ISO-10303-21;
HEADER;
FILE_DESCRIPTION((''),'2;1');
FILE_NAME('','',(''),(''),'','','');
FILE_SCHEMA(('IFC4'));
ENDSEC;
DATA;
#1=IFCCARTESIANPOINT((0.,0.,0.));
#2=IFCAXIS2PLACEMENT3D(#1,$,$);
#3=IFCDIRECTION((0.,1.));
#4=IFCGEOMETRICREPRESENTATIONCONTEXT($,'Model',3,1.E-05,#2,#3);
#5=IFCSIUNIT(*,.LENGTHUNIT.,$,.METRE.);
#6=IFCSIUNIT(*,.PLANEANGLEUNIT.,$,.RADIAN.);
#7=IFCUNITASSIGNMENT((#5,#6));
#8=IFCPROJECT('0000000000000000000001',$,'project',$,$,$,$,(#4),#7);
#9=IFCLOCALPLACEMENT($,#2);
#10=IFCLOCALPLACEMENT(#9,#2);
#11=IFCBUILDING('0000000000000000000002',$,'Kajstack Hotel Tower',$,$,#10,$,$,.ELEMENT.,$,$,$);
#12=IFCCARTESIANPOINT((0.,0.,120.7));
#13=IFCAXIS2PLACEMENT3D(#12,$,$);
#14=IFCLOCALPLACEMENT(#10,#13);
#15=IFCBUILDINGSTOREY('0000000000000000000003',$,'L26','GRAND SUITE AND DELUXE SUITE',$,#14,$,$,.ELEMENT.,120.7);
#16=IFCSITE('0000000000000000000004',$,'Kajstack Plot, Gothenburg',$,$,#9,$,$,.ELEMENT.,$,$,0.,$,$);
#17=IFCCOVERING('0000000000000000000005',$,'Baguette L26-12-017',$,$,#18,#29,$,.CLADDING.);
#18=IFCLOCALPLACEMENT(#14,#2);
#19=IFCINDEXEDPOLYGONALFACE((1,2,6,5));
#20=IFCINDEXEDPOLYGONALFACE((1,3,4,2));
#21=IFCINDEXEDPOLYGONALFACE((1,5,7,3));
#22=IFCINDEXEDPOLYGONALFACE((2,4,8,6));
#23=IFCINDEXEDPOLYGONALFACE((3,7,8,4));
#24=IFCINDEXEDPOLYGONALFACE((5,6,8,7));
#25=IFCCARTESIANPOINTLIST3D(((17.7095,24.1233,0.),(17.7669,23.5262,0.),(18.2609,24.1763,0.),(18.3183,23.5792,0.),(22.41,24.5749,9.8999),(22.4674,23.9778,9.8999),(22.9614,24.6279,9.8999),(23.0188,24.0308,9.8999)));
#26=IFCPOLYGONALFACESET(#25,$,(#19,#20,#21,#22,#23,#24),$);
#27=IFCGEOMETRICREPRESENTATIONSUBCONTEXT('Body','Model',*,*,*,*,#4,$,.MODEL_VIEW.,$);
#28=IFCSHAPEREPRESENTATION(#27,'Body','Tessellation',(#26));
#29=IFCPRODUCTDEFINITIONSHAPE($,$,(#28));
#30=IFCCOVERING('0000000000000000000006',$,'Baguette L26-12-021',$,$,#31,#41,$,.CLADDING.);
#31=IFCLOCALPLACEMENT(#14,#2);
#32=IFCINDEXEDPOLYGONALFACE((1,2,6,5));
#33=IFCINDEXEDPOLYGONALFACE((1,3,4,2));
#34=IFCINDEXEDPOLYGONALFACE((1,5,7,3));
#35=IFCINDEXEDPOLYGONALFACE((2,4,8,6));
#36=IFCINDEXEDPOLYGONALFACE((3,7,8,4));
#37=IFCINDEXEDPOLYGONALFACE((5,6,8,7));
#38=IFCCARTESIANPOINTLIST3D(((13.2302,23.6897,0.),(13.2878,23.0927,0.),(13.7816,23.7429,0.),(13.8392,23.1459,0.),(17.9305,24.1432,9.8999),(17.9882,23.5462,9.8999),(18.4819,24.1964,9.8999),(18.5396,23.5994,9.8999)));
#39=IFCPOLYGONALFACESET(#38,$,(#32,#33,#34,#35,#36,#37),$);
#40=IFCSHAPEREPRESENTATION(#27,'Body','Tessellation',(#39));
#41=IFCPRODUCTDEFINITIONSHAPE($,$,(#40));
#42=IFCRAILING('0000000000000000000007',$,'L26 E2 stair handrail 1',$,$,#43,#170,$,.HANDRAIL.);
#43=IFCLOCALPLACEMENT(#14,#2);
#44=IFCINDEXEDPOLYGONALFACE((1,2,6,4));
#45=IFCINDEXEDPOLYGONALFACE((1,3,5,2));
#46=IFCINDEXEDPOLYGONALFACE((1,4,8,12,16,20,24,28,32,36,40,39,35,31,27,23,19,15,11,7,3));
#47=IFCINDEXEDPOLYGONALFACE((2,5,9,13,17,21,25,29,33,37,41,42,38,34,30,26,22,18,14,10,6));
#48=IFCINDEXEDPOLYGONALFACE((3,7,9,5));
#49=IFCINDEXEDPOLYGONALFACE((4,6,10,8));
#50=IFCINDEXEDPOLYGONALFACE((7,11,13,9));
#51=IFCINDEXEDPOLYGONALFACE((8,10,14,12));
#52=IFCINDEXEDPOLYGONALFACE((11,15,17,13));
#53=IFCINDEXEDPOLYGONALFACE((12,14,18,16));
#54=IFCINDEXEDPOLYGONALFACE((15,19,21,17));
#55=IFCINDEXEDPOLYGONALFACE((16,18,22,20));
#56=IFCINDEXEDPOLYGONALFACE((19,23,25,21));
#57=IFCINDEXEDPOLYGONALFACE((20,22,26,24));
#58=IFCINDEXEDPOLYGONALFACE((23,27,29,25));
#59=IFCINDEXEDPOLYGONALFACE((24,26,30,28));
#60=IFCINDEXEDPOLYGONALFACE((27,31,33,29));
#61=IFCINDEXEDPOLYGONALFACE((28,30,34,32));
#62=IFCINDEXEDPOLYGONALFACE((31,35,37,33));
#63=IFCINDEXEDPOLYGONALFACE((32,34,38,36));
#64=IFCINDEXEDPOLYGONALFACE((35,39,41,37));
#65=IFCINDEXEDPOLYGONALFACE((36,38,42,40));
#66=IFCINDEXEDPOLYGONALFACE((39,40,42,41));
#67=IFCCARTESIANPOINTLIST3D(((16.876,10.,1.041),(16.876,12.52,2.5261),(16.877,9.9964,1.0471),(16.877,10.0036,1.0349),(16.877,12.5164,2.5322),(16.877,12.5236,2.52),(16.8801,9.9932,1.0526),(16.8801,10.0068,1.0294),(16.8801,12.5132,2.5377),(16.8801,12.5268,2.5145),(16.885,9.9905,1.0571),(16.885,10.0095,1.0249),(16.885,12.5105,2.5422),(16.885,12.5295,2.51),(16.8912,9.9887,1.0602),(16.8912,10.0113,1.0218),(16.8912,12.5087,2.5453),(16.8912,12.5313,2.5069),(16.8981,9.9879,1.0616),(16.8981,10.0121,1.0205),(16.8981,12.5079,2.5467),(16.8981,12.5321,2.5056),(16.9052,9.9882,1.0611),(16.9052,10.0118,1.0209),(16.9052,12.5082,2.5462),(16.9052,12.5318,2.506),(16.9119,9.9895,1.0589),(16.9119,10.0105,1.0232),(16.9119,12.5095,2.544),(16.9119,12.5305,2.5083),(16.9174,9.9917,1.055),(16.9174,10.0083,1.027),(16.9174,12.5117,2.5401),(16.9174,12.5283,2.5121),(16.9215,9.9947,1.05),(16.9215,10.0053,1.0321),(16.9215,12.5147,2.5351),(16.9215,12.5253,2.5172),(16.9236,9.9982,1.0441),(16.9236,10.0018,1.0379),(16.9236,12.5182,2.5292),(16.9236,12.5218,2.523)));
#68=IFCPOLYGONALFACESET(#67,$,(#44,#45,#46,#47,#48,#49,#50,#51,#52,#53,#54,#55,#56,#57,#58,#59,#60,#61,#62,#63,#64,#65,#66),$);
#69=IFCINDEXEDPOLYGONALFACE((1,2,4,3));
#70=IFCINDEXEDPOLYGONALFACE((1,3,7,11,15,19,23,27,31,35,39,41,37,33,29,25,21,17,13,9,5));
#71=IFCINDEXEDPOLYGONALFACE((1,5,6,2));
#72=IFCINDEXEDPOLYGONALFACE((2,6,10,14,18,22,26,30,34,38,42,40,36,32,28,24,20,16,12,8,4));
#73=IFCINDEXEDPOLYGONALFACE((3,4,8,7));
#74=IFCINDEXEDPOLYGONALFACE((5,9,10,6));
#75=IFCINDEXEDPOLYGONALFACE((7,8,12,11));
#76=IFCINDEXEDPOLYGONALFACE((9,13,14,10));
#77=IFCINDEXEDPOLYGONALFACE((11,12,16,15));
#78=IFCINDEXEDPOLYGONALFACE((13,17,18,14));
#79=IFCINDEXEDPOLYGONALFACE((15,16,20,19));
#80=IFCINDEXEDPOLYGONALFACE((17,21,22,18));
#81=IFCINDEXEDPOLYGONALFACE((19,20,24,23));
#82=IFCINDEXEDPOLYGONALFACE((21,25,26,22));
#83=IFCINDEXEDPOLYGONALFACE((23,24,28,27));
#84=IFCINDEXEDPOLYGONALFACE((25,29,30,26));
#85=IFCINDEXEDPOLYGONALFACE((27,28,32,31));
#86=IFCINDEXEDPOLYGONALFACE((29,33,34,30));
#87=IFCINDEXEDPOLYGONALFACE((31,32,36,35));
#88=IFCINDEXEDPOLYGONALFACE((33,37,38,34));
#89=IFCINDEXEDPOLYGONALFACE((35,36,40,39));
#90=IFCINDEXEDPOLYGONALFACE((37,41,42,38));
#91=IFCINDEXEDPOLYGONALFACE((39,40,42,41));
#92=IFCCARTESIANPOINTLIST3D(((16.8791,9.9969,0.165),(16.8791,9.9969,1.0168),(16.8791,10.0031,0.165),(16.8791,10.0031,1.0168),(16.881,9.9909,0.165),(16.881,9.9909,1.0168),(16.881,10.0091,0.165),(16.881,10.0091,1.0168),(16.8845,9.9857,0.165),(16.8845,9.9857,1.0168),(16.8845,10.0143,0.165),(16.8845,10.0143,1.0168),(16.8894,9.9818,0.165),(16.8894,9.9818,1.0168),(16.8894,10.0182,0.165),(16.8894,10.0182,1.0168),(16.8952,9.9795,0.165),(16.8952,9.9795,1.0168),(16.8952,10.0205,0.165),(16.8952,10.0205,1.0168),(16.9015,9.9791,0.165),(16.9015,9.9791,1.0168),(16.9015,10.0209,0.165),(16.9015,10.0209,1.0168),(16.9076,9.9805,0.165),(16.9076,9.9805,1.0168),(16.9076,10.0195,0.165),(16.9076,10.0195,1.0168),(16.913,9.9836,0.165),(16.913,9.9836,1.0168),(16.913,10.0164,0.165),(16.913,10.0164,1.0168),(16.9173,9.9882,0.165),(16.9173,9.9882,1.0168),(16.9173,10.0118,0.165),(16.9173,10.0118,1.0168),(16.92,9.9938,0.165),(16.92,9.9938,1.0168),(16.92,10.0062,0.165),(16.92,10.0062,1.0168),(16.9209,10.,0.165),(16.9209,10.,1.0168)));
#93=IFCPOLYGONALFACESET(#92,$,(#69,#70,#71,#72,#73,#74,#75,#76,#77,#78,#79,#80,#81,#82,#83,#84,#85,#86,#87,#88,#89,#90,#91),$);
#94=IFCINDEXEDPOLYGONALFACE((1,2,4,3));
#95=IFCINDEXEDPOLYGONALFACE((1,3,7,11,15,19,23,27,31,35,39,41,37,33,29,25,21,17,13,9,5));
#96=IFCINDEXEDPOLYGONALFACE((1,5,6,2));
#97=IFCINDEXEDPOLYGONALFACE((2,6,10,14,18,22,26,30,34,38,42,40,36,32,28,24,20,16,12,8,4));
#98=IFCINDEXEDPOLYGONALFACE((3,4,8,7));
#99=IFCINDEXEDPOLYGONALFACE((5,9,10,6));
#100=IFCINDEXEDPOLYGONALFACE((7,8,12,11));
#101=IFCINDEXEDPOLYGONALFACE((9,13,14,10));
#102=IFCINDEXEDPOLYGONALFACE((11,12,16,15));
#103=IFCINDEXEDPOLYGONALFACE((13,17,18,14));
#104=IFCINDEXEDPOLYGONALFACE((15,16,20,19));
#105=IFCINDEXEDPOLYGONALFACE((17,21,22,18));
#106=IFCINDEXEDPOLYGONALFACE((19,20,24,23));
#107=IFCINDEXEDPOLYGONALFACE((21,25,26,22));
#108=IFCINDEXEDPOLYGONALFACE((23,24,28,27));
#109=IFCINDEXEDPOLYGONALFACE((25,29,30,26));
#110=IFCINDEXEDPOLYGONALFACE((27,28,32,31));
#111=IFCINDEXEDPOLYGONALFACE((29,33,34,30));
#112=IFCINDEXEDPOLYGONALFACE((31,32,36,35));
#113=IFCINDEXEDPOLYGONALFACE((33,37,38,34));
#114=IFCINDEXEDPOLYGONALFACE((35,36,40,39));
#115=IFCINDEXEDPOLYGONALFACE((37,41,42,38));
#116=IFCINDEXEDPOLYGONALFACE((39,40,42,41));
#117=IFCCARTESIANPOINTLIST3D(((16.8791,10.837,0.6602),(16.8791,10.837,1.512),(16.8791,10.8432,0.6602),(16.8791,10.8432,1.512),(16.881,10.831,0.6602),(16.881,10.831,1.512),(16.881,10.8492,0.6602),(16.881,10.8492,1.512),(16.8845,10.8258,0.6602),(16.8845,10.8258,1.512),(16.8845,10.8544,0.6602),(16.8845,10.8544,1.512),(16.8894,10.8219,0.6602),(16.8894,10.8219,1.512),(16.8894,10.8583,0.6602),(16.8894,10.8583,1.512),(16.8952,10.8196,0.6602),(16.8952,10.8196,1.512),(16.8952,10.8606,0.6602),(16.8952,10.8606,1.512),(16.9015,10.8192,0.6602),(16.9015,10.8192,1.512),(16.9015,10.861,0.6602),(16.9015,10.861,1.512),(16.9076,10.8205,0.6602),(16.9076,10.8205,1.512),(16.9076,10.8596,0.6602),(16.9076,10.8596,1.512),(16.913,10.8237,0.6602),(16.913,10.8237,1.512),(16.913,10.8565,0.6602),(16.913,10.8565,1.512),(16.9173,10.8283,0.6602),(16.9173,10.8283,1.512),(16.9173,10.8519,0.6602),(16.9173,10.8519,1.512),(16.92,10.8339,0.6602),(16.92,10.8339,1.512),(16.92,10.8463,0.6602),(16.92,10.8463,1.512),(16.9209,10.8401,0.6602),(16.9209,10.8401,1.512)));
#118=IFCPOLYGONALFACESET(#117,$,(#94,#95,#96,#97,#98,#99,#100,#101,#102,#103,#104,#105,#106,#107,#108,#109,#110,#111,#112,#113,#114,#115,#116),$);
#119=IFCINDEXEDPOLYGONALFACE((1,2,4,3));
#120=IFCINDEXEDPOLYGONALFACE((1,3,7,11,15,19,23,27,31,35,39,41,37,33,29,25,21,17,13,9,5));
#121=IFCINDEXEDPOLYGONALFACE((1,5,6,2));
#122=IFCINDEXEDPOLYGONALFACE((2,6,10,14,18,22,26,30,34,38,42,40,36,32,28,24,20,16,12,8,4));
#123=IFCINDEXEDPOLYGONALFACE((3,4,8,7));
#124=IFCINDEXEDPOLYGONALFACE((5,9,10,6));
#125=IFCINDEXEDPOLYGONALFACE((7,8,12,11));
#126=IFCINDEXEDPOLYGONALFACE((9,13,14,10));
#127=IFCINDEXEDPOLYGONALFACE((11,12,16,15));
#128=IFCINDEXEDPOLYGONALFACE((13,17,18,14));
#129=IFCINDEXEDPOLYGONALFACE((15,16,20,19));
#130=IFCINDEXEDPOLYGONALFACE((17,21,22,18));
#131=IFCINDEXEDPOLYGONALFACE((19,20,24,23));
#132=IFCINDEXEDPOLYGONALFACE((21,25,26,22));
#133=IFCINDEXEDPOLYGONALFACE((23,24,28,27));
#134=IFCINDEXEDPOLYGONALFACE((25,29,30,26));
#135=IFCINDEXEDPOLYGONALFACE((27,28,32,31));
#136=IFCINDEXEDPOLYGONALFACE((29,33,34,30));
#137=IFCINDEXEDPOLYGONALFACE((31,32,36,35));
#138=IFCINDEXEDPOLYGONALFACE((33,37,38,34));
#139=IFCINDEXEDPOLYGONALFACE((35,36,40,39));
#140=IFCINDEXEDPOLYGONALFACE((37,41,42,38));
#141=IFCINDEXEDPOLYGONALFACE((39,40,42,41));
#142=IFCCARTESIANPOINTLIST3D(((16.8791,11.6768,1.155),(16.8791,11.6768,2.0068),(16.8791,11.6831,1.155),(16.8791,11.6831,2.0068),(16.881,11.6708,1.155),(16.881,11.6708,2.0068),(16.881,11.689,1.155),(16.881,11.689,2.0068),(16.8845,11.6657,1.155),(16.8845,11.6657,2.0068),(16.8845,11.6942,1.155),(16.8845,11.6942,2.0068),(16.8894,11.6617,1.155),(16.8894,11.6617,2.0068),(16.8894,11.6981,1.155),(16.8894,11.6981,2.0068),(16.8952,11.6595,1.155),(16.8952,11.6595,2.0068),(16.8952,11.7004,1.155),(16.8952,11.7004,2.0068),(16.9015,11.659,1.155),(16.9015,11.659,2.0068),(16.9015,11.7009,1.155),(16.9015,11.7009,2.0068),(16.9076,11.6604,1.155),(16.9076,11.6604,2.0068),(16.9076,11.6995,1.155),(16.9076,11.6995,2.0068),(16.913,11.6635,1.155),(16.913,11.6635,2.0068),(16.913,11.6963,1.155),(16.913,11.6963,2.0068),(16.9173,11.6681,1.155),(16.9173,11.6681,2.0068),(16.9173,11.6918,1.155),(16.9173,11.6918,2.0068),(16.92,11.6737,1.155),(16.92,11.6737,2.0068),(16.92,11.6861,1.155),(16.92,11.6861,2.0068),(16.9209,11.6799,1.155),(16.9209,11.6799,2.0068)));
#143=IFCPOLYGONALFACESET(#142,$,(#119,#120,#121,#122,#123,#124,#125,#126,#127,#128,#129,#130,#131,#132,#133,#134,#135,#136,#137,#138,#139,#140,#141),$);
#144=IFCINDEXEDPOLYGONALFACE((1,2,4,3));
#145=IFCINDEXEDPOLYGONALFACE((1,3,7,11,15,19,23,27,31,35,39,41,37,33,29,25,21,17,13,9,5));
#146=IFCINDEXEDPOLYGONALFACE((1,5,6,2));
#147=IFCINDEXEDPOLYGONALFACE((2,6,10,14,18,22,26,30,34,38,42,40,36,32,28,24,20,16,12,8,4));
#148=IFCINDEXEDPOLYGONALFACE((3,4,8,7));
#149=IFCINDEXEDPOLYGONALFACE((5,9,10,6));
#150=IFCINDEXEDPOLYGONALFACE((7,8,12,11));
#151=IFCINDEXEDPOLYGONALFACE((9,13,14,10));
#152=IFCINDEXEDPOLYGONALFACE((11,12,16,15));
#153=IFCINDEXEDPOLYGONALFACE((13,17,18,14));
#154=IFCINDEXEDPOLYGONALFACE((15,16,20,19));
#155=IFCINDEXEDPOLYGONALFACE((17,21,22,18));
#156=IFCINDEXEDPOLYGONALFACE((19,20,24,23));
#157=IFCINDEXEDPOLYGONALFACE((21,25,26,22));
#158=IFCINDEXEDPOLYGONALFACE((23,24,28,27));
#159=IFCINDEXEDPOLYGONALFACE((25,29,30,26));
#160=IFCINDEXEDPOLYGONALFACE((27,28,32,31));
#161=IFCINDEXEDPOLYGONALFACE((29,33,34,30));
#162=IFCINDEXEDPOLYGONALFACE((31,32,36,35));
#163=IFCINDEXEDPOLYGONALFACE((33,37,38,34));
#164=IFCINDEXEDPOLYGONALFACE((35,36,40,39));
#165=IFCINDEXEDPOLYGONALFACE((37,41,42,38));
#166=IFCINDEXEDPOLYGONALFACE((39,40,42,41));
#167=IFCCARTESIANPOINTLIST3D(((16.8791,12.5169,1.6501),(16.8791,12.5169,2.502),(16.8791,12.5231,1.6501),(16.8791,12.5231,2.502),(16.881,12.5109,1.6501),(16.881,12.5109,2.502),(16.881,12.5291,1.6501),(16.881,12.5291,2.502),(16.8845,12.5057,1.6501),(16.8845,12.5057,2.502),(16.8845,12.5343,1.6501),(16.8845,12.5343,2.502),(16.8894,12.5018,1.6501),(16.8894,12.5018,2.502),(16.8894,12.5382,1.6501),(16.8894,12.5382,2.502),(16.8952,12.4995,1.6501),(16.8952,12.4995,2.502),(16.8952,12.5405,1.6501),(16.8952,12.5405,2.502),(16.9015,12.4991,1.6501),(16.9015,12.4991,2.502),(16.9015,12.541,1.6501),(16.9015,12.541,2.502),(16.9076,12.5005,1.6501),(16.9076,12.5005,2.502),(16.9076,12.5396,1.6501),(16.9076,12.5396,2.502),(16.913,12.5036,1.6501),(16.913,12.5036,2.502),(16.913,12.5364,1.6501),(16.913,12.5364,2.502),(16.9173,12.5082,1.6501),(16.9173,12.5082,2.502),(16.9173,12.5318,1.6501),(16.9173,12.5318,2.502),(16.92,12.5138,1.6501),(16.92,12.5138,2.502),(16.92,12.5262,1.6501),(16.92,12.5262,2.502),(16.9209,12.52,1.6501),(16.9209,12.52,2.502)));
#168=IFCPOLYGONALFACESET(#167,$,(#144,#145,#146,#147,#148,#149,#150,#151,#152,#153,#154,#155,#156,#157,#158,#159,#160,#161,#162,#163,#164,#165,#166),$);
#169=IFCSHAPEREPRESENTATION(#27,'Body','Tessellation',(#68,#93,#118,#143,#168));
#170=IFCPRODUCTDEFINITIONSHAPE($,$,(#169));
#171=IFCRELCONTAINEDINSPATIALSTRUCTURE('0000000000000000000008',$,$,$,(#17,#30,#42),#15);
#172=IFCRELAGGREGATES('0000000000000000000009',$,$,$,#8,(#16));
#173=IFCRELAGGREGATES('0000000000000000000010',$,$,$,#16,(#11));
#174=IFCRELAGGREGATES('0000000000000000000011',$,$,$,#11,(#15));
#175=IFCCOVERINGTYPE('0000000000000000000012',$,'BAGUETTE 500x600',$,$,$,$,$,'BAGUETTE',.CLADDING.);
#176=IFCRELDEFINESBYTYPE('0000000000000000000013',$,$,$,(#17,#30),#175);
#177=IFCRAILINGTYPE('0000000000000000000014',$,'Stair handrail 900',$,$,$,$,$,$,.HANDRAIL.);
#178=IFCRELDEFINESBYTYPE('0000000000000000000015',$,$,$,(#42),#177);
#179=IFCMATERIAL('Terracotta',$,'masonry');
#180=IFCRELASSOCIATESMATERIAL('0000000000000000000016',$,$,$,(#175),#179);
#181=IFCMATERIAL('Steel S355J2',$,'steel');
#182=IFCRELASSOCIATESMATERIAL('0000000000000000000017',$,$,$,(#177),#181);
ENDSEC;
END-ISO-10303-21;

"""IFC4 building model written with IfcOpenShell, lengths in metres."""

from ifc_helpers import new_model, si_unit, direction, frame, origin, origin_2d, place, context, subcontext, project, spatial, polyline, rectangle, circle, outline, extrude, material, material_profile, profile_set, type_object, element, save


model = new_model("IFC4")

# Units and contexts
model_context = context("Model", 3, precision=1e-05, world=origin(), true_north=direction((0.0, 1.0)))
body_context = subcontext(model_context, "Body", "Model", "MODEL_VIEW")
ifc_project = project(units=[si_unit("LENGTHUNIT", "METRE"), si_unit("PLANEANGLEUNIT", "RADIAN")], contexts=[model_context])

# Site, building, storey
site_placement = place(None, origin())
site = spatial("IfcSite", under=ifc_project, at=site_placement, Name="Kajstack Plot, Gothenburg", CompositionType="ELEMENT", RefElevation=0.0)
building_placement = place(site_placement, origin())
building = spatial("IfcBuilding", under=site, at=building_placement, Name="Kajstack Hotel Tower", CompositionType="ELEMENT")
storey_placement = place(building_placement, frame((0.0, 0.0, 120.7)))
storey = spatial("IfcBuildingStorey", under=building, at=storey_placement, Name="L26", Description="GRAND SUITE AND DELUXE SUITE", CompositionType="ELEMENT", Elevation=120.7)

# Coverings
ifc_material_1 = material(Name="Terracotta", Category="masonry")
ifc_material_profile = material_profile(ifc_material_1, rectangle(XDim=0.6001, YDim=0.5, at=origin_2d()), Name="Terracotta-clad concrete baguette 500 x 600")
ifc_profile_set = profile_set([ifc_material_profile], Name="Terracotta")
covering_type = type_object("IfcCoveringType", Name="BAGUETTE 500x600", ElementType="BAGUETTE", PredefinedType="CLADDING", material=ifc_profile_set)
for number, where, z_axis, x_axis, name in (
    (1, (23.0188, 24.0308, 0.0), (-0.095635, 0.995416, 0.0), (-0.995416, -0.095635, 0.0), "Baguette L26-12-017"),
    (2, (18.5396, 23.5994, 0.0), (-0.096038, 0.995378, 0.0), (-0.995378, -0.096038, 0.0), "Baguette L26-12-021"),
):
    element("IfcCovering", number, at=place(storey_placement, frame(where, z_axis=z_axis, x_axis=x_axis)), inside=storey, type_object=covering_type, Name=name, PredefinedType="CLADDING", context=body_context, shape_type="SweptSolid", body=[
        extrude(outline(polyline([(0.0, 9.8999), (4.7222, 0.0), (5.2761, 0.0), (0.554, 9.8999), (0.0, 9.8999)])), origin(), (0.0, 0.0, 1.0), 0.5999),
    ])

# Railing
ifc_material_2 = material(Name="Steel S355J2", Category="steel")
railing_type_1 = type_object("IfcRailingType", Name="Stair handrail 900", PredefinedType="HANDRAIL", material=ifc_material_2)
railing_1_placement = place(storey_placement, frame((16.8999, 10.0, 0.165)))
element("IfcRailing", 3, at=railing_1_placement, inside=storey, type_object=railing_type_1, Name="L26 E2 stair handrail 1", PredefinedType="HANDRAIL", context=body_context, shape_type="SweptSolid", body=[
    extrude(circle(Radius=0.0239, at=origin_2d()), frame((0.0, 0.0, 0.876), z_axis=(0.0, 0.861524, 0.507717), x_axis=(-1.0, 0.0, 0.0)), (0.0, 0.0, 1.0), 2.925),
    extrude(circle(Radius=0.021, at=origin_2d()), origin(), (0.0, 0.0, 1.0), 0.8518),
    extrude(circle(Radius=0.021, at=origin_2d()), frame((0.0, 0.8401, 0.4951)), (0.0, 0.0, 1.0), 0.8518),
    extrude(circle(Radius=0.021, at=origin_2d()), frame((0.0, 1.6799, 0.99)), (0.0, 0.0, 1.0), 0.8518),
    extrude(circle(Radius=0.021, at=origin_2d()), frame((0.0, 2.52, 1.4851)), (0.0, 0.0, 1.0), 0.8518),
])

save(model, "model.ifc")
